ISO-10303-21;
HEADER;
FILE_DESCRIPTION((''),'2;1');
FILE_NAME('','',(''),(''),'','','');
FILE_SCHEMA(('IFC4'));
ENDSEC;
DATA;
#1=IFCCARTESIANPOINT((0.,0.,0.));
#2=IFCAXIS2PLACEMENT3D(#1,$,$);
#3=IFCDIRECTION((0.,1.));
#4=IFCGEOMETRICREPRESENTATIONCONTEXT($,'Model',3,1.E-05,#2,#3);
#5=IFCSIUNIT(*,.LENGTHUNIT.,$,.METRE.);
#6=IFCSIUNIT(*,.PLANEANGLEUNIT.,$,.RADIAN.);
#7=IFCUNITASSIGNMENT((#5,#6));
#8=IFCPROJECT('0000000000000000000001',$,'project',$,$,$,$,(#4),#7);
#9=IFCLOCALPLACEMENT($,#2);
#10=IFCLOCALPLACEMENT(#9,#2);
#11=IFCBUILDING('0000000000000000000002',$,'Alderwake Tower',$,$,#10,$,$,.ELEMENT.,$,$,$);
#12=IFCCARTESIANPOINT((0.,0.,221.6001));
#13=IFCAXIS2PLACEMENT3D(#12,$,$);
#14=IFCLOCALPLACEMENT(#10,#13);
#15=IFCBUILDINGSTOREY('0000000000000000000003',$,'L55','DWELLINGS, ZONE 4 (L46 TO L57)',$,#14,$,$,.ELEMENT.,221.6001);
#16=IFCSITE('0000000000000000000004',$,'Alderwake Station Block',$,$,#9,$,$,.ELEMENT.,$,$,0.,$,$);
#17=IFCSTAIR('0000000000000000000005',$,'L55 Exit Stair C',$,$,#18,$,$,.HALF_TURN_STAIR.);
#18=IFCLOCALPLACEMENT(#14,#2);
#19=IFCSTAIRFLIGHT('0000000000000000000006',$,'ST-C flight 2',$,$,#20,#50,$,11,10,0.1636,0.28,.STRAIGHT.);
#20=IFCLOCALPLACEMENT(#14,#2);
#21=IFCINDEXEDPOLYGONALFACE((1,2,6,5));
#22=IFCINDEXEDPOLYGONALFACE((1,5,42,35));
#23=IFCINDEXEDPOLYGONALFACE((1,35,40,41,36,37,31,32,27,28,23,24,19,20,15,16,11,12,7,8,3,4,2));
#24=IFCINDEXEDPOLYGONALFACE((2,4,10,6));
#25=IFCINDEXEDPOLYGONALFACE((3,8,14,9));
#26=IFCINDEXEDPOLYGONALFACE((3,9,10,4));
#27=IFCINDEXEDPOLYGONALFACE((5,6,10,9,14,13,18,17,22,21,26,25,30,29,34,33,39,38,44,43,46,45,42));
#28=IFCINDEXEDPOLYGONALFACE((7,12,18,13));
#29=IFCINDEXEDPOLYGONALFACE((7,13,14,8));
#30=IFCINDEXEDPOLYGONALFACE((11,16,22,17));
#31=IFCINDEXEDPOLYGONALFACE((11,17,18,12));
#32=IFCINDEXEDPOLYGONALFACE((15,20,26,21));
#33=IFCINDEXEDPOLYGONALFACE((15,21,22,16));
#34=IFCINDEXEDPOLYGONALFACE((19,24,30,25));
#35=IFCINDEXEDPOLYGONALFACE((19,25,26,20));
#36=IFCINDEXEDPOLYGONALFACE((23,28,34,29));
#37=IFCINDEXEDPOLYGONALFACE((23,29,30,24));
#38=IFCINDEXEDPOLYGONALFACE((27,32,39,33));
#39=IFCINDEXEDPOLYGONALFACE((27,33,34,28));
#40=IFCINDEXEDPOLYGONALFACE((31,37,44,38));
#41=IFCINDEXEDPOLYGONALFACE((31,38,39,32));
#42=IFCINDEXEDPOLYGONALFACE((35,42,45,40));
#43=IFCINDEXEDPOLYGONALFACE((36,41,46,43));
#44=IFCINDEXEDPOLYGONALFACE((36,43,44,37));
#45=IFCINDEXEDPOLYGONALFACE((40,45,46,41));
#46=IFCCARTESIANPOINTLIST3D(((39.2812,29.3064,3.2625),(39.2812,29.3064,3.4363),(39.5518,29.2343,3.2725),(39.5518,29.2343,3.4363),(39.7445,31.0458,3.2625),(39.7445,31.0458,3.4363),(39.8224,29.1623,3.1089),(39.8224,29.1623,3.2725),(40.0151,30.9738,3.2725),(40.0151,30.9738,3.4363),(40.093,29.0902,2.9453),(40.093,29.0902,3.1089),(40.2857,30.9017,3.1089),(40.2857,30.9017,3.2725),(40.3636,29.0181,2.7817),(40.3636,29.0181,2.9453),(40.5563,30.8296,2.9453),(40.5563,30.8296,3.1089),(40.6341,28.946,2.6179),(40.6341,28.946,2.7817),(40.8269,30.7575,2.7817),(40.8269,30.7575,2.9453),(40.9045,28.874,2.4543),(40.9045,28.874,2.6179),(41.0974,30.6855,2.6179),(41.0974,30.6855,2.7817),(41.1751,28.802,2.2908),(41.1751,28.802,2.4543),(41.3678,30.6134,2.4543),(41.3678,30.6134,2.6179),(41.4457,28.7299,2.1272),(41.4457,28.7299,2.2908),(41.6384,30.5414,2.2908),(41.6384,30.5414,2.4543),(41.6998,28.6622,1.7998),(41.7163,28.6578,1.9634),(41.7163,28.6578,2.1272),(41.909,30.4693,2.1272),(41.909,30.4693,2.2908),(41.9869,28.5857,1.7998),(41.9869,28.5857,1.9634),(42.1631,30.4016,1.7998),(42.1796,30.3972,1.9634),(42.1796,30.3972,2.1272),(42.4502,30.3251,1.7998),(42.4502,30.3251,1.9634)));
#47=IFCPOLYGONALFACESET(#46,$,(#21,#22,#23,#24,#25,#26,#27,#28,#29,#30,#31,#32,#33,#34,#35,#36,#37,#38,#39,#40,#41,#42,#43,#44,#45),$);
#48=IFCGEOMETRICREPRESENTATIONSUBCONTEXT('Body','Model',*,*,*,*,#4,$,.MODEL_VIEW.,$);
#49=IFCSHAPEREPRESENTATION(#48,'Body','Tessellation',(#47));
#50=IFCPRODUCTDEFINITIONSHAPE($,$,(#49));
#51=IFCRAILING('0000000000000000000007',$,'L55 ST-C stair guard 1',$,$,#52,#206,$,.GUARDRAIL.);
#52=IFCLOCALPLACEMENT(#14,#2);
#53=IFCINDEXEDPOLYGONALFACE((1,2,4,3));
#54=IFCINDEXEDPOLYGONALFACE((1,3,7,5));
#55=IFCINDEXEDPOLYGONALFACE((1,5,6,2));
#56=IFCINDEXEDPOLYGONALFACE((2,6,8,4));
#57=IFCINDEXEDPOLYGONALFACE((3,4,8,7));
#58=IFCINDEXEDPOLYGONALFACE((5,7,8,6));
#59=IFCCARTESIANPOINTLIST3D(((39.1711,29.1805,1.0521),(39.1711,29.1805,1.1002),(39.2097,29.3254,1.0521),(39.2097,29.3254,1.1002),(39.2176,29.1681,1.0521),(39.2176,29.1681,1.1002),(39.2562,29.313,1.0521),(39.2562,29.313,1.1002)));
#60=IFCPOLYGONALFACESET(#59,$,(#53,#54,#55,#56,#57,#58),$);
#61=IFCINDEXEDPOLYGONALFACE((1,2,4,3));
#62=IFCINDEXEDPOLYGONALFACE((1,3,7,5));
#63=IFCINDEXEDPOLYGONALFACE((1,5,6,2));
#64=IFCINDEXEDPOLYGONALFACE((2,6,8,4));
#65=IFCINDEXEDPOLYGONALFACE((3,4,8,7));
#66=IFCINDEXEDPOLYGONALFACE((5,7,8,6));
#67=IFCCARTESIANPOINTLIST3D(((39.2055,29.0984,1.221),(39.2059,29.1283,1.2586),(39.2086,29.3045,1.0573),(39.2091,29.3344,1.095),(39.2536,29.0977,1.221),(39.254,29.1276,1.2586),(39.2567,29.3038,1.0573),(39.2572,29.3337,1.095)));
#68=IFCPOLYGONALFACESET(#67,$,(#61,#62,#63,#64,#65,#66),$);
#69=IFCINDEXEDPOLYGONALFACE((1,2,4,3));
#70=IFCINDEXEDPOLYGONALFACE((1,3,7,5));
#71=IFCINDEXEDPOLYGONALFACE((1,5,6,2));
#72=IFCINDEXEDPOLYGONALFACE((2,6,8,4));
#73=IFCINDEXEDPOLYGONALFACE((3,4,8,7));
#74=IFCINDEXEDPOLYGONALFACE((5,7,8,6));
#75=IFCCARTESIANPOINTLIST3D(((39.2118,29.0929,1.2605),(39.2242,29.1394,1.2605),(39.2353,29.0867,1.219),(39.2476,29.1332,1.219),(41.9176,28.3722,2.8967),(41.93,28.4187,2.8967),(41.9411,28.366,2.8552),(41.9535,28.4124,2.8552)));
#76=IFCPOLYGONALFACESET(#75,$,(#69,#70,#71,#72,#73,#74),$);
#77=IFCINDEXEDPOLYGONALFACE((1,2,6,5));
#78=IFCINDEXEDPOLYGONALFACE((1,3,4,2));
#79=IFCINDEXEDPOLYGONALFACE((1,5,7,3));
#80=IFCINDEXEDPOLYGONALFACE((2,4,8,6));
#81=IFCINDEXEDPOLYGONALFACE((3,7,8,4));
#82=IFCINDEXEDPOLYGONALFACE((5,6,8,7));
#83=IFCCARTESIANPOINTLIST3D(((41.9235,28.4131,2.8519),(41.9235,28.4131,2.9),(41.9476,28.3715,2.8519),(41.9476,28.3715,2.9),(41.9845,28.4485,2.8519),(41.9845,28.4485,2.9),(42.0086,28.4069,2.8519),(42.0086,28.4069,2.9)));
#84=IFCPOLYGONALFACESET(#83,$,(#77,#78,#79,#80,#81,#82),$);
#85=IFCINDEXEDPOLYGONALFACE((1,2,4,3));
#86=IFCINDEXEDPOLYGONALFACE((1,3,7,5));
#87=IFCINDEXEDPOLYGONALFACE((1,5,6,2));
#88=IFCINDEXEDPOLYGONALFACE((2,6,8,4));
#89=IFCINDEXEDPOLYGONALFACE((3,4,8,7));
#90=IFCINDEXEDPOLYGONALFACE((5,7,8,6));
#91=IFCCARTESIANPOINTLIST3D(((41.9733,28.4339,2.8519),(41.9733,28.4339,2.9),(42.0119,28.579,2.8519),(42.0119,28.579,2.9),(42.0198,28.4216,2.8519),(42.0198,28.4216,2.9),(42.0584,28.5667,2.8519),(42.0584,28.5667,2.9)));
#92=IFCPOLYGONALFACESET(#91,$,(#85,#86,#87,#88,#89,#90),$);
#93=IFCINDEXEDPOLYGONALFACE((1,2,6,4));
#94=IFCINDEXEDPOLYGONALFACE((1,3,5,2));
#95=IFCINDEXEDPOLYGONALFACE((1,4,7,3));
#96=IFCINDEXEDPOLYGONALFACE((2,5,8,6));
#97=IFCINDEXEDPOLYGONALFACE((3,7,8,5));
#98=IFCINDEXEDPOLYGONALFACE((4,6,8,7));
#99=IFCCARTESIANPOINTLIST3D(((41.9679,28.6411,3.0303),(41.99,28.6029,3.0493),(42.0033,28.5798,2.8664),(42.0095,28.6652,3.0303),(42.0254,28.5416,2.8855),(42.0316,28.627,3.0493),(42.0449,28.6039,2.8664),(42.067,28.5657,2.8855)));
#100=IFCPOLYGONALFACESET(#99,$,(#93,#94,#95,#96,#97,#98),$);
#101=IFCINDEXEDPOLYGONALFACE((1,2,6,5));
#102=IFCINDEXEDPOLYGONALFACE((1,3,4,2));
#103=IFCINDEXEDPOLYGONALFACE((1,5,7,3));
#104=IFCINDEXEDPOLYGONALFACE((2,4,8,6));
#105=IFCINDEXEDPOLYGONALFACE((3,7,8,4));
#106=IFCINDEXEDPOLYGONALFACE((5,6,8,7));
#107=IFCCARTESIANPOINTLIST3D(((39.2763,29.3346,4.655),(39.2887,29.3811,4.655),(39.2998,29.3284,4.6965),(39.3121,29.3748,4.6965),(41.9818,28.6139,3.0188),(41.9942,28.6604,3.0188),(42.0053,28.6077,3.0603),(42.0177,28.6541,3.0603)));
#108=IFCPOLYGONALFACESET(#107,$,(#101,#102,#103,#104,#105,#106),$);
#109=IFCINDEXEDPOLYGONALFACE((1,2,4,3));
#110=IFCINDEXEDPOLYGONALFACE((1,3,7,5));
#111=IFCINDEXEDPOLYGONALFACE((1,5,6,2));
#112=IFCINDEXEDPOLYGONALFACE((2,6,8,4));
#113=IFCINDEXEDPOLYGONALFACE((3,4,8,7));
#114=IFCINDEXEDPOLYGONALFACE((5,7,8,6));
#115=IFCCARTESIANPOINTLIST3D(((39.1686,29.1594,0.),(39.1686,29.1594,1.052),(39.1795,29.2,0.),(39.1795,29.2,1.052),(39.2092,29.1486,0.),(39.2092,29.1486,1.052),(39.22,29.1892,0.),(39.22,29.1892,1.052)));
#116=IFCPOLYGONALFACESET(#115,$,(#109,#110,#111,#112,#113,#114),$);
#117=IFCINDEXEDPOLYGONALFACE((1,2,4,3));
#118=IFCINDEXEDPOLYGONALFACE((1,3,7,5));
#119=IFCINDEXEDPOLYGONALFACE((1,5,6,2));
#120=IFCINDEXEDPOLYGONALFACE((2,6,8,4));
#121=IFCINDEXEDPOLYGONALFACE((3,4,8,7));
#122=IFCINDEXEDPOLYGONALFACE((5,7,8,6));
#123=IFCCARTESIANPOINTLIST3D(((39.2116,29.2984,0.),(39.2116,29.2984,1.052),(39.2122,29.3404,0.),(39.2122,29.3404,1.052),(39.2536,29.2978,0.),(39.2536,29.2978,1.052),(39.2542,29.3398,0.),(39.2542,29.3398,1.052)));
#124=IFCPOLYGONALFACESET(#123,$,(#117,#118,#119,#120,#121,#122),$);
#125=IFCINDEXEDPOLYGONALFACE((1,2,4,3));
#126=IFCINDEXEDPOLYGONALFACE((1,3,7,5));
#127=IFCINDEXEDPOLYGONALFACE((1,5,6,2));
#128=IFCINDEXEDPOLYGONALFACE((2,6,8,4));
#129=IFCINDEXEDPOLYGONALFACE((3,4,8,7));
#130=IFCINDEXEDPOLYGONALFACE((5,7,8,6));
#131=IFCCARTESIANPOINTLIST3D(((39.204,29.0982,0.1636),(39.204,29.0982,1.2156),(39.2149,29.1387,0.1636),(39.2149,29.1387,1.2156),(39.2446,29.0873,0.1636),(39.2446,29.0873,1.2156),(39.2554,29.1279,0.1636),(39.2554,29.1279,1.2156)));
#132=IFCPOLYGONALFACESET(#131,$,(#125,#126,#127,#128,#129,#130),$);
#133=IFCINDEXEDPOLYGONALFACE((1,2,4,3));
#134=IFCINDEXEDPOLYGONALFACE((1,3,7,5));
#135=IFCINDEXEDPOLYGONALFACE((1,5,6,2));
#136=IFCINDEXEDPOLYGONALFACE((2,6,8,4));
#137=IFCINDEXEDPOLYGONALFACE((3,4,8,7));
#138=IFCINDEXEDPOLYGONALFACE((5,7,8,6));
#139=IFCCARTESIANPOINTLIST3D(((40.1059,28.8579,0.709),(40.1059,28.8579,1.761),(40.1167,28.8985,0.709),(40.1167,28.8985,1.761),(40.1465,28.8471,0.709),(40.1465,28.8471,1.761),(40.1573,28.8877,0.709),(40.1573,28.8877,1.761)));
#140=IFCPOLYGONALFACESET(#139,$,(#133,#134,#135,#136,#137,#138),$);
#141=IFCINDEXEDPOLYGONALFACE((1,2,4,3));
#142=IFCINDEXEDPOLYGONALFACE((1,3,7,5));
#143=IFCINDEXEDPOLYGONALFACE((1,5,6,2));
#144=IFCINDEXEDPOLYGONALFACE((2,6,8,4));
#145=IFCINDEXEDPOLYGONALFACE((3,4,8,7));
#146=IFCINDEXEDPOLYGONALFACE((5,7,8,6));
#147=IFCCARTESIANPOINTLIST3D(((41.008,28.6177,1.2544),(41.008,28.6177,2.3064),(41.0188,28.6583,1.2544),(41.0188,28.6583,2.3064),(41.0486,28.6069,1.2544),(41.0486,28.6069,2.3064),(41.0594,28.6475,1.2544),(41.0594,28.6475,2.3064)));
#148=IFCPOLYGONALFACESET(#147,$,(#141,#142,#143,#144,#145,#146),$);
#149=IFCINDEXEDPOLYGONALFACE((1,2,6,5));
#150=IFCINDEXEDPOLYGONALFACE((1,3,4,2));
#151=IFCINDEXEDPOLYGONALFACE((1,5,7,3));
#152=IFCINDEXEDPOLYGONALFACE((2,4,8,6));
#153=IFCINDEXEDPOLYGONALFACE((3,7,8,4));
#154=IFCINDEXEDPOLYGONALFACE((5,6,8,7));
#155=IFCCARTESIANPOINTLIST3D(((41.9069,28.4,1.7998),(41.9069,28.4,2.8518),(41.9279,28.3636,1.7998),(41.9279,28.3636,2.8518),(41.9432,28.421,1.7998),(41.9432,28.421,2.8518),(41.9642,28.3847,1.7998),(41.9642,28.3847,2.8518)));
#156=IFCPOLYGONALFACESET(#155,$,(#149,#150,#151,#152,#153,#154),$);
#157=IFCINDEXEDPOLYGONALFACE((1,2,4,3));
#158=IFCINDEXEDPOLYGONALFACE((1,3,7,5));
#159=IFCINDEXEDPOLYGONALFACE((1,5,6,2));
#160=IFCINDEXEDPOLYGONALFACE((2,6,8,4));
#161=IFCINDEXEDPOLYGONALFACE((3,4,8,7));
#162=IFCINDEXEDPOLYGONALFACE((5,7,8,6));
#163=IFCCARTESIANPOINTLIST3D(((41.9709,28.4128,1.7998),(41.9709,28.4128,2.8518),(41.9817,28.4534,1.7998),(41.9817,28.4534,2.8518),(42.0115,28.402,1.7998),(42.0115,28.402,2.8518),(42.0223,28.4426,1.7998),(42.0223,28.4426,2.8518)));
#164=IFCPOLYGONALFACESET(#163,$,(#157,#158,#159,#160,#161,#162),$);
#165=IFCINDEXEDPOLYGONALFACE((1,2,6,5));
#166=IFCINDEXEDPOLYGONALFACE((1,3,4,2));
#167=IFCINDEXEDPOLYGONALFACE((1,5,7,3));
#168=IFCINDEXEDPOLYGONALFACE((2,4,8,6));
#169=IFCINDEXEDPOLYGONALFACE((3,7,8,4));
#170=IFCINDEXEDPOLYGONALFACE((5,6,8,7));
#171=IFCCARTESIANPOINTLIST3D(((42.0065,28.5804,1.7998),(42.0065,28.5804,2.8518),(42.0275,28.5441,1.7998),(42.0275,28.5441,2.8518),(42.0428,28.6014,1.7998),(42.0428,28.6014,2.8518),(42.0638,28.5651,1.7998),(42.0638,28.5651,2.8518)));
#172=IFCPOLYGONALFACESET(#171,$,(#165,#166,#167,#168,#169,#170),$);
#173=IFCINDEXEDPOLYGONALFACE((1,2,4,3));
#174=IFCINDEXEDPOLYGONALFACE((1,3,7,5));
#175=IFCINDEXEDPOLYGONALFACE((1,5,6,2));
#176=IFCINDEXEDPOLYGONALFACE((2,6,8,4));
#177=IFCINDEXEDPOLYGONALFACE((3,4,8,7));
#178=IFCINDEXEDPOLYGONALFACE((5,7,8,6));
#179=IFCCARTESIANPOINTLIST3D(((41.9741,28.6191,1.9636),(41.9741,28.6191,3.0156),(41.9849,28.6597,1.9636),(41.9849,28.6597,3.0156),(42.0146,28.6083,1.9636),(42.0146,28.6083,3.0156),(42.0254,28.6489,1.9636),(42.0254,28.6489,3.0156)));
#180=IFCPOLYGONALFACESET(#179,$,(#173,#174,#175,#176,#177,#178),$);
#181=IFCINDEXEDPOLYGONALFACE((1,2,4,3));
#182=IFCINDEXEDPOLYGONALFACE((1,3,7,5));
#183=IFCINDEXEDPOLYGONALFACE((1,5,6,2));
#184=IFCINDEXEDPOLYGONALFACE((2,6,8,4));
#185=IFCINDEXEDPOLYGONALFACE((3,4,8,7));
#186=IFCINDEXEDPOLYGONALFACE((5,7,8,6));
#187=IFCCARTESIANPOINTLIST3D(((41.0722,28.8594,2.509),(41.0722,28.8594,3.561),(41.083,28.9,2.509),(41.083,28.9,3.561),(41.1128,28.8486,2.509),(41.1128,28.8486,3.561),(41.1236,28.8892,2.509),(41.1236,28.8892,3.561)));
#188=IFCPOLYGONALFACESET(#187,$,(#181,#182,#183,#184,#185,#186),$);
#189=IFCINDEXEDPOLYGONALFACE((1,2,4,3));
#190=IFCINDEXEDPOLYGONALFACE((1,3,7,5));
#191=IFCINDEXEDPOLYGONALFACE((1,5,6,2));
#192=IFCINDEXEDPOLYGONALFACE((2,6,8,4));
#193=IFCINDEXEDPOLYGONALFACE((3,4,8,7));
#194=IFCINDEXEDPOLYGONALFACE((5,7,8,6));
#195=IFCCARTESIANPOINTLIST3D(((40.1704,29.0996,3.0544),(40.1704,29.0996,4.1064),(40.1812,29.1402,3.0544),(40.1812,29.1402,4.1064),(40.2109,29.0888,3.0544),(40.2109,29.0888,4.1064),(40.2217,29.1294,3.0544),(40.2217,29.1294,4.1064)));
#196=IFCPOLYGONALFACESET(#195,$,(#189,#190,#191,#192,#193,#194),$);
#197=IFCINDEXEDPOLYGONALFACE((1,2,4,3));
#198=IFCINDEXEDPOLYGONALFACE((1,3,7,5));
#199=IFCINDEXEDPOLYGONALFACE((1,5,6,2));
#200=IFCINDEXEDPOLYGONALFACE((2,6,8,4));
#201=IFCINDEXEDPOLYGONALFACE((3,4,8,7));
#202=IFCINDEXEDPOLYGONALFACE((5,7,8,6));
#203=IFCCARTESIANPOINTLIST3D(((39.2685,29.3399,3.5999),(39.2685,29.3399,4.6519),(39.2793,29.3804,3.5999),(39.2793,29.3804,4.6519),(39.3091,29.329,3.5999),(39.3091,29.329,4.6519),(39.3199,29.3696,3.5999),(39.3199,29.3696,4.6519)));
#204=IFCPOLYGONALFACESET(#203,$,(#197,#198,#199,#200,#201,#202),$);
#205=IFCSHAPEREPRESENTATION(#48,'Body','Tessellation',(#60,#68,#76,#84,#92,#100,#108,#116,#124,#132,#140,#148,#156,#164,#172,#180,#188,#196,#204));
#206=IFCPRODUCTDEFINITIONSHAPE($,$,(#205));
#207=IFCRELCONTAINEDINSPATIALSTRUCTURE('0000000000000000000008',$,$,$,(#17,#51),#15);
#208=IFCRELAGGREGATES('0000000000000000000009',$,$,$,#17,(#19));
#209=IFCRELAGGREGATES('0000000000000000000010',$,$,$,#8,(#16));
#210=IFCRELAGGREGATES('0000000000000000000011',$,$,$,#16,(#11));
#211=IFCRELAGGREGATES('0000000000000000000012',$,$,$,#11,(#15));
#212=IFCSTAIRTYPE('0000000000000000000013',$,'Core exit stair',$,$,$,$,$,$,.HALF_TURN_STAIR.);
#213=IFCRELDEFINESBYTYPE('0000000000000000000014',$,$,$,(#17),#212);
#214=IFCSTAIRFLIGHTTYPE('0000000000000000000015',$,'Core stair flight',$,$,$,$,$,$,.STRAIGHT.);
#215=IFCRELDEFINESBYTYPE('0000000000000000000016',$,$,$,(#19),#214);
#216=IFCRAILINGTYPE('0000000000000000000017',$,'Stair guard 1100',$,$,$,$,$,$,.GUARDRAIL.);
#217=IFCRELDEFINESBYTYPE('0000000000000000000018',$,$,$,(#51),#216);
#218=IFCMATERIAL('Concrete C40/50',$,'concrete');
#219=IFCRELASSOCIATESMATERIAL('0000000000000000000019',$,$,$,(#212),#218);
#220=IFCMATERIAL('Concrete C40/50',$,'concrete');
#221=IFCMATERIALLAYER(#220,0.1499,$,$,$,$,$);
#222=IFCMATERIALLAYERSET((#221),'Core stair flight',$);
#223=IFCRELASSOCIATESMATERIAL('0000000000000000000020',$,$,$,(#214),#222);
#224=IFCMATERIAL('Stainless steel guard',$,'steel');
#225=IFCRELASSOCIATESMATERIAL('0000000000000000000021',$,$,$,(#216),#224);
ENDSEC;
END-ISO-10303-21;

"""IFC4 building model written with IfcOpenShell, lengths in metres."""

from ifc_helpers import new_model, si_unit, direction, frame, origin, origin_2d, place, context, subcontext, project, spatial, polyline, rectangle, outline, extrude, material, layer, layer_set, type_object, element, aggregate, save


model = new_model("IFC4")

# Units and contexts
model_context = context("Model", 3, precision=1e-05, world=origin(), true_north=direction((0.0, 1.0)))
body_context = subcontext(model_context, "Body", "Model", "MODEL_VIEW")
ifc_project = project(units=[si_unit("LENGTHUNIT", "METRE"), si_unit("PLANEANGLEUNIT", "RADIAN")], contexts=[model_context])

# Site, building, storey
site_placement = place(None, origin())
site = spatial("IfcSite", under=ifc_project, at=site_placement, Name="Alderwake Station Block", CompositionType="ELEMENT", RefElevation=0.0)
building_placement = place(site_placement, origin())
building = spatial("IfcBuilding", under=site, at=building_placement, Name="Alderwake Tower", CompositionType="ELEMENT")
storey_placement = place(building_placement, frame((0.0, 0.0, 221.6001)))
storey = spatial("IfcBuildingStorey", under=building, at=storey_placement, Name="L55", Description="DWELLINGS, ZONE 4 (L46 TO L57)", CompositionType="ELEMENT", Elevation=221.6001)

# Stair, stair flight
ifc_material_1 = material(Name="Concrete C40/50", Category="concrete")
stair_type = type_object("IfcStairType", Name="Core exit stair", PredefinedType="HALF_TURN_STAIR", material=ifc_material_1)
stair_placement = place(storey_placement, origin())
stair = element("IfcStair", 1, at=stair_placement, inside=storey, type_object=stair_type, Name="L55 Exit Stair C", PredefinedType="HALF_TURN_STAIR")
ifc_material_2 = material(Name="Concrete C40/50", Category="concrete")
ifc_layer_1 = layer(ifc_material_2, 0.1499)
ifc_layer_set_1 = layer_set([ifc_layer_1], Name="Core stair flight")
stair_flight_type = type_object("IfcStairFlightType", Name="Core stair flight", PredefinedType="STRAIGHT", material=ifc_layer_set_1)
stair_flight_1_placement = place(storey_placement, frame((42.2185, 29.4553, 1.7998), z_axis=(0.0, 0.0, 1.0), x_axis=(-0.96631, 0.257382, 0.0)))
stair_flight_1 = element("IfcStairFlight", 2, at=stair_flight_1_placement, type_object=stair_flight_type, Name="ST-C flight 2", NumberOfRisers=11, NumberOfTreads=10, PredefinedType="STRAIGHT", RiserHeight=0.1636, TreadLength=0.28, context=body_context, shape_type="SweptSolid", body=[
    extrude(outline(polyline([(0.0, 0.0), (0.0, 0.1636), (0.28, 0.1636), (0.28, 0.3274), (0.5601, 0.3274), (0.5601, 0.491), (0.8401, 0.491), (0.8401, 0.6545), (1.1201, 0.6545), (1.1201, 0.8181), (1.3999, 0.8181), (1.3999, 0.9819), (1.6799, 0.9819), (1.6799, 1.1455), (1.96, 1.1455), (1.96, 1.3091), (2.24, 1.3091), (2.24, 1.4727), (2.52, 1.4727), (2.52, 1.6365), (2.8, 1.6365), (2.8, 1.8), (2.8, 1.4626), (0.2971, 0.0), (0.0, 0.0)])), frame((0.0, 0.8999, 0.0), z_axis=(0.0, -1.0, 0.0), x_axis=(1.0, 0.0, 0.0)), (0.0, 0.0, 1.0), 1.8),
])
aggregate(stair, [stair_flight_1])

# Railing
ifc_material_3 = material(Name="Stainless steel guard", Category="steel")
railing_type_1 = type_object("IfcRailingType", Name="Stair guard 1100", PredefinedType="GUARDRAIL", material=ifc_material_3)
railing_1_placement = place(storey_placement, frame((39.1943, 29.1743, 0.0)))
element("IfcRailing", 3, at=railing_1_placement, inside=storey, type_object=railing_type_1, Name="L55 ST-C stair guard 1", PredefinedType="GUARDRAIL", context=body_context, shape_type="SweptSolid", body=[
    extrude(rectangle(XDim=0.0481, YDim=0.0481, at=origin_2d()), frame((0.0, 0.0, 1.0762), z_axis=(0.25746, 0.966289, 0.0), x_axis=(-0.966289, 0.25746, 0.0)), (0.0, 0.0, 1.0), 0.1499),
    extrude(rectangle(XDim=0.0481, YDim=0.0481, at=origin_2d()), frame((0.0386, 0.1448, 1.0762), z_axis=(-0.012063, -0.78316, 0.621703), x_axis=(0.999881, -0.015401, 0.0)), (0.0, 0.0, 1.0), 0.2632),
    extrude(rectangle(XDim=0.0481, YDim=0.0481, at=origin_2d()), frame((0.0354, -0.0613, 1.2397), z_axis=(0.834314, -0.222223, 0.504518), x_axis=(0.25738, 0.96631, 0.0)), (0.0, 0.0, 1.0), 3.2432),
    extrude(rectangle(XDim=0.0481, YDim=0.0481, at=origin_2d()), frame((2.7412, -0.782, 2.876), z_axis=(0.865031, 0.501718, 0.0), x_axis=(-0.501718, 0.865031, 0.0)), (0.0, 0.0, 1.0), 0.0706),
    extrude(rectangle(XDim=0.0481, YDim=0.0481, at=origin_2d()), frame((2.8022, -0.7466, 2.876), z_axis=(0.257055, 0.966397, 0.0), x_axis=(-0.966397, 0.257055, 0.0)), (0.0, 0.0, 1.0), 0.1501),
    extrude(rectangle(XDim=0.0481, YDim=0.0481, at=origin_2d()), frame((2.8408, -0.6016, 2.876), z_axis=(-0.198376, 0.343395, 0.918001), x_axis=(-0.865898, -0.50022, 0.0)), (0.0, 0.0, 1.0), 0.1785),
    extrude(rectangle(XDim=0.0481, YDim=0.0481, at=origin_2d()), frame((2.8054, -0.5403, 3.0396), z_axis=(-0.834291, 0.222237, 0.504549), x_axis=(-0.257402, -0.966304, 0.0)), (0.0, 0.0, 1.0), 3.2429),
    extrude(rectangle(XDim=0.042, YDim=0.042, at=origin_2d()), frame((0.0, 0.0, 0.0), z_axis=(0.0, 0.0, 1.0), x_axis=(0.25746, 0.966289, 0.0)), (0.0, 0.0, 1.0), 1.052),
    extrude(rectangle(XDim=0.042, YDim=0.042, at=origin_2d()), frame((0.0386, 0.1448, 0.0), z_axis=(0.0, 0.0, 1.0), x_axis=(-0.015401, -0.999881, 0.0)), (0.0, 0.0, 1.0), 1.052),
    extrude(rectangle(XDim=0.042, YDim=0.042, at=origin_2d()), frame((0.0354, -0.0613, 0.1636), z_axis=(0.0, 0.0, 1.0), x_axis=(0.96631, -0.25738, 0.0)), (0.0, 0.0, 1.0), 1.052),
    extrude(rectangle(XDim=0.042, YDim=0.042, at=origin_2d()), frame((0.9373, -0.3015, 0.709), z_axis=(0.0, 0.0, 1.0), x_axis=(0.96631, -0.25738, 0.0)), (0.0, 0.0, 1.0), 1.052),
    extrude(rectangle(XDim=0.042, YDim=0.042, at=origin_2d()), frame((1.8394, -0.5417, 1.2544), z_axis=(0.0, 0.0, 1.0), x_axis=(0.96631, -0.25738, 0.0)), (0.0, 0.0, 1.0), 1.052),
    extrude(rectangle(XDim=0.042, YDim=0.042, at=origin_2d()), frame((2.7412, -0.782, 1.7998), z_axis=(0.0, 0.0, 1.0), x_axis=(0.865031, 0.501718, 0.0)), (0.0, 0.0, 1.0), 1.052),
    extrude(rectangle(XDim=0.042, YDim=0.042, at=origin_2d()), frame((2.8022, -0.7466, 1.7998), z_axis=(0.0, 0.0, 1.0), x_axis=(0.257055, 0.966397, 0.0)), (0.0, 0.0, 1.0), 1.052),
    extrude(rectangle(XDim=0.042, YDim=0.042, at=origin_2d()), frame((2.8408, -0.6016, 1.7998), z_axis=(0.0, 0.0, 1.0), x_axis=(-0.50022, 0.865898, 0.0)), (0.0, 0.0, 1.0), 1.052),
    extrude(rectangle(XDim=0.042, YDim=0.042, at=origin_2d()), frame((2.8054, -0.5403, 1.9636), z_axis=(0.0, 0.0, 1.0), x_axis=(-0.966304, 0.257402, 0.0)), (0.0, 0.0, 1.0), 1.052),
    extrude(rectangle(XDim=0.042, YDim=0.042, at=origin_2d()), frame((1.9036, -0.3, 2.509), z_axis=(0.0, 0.0, 1.0), x_axis=(-0.966304, 0.257402, 0.0)), (0.0, 0.0, 1.0), 1.052),
    extrude(rectangle(XDim=0.042, YDim=0.042, at=origin_2d()), frame((1.0017, -0.0598, 3.0544), z_axis=(0.0, 0.0, 1.0), x_axis=(-0.966304, 0.257402, 0.0)), (0.0, 0.0, 1.0), 1.052),
    extrude(rectangle(XDim=0.042, YDim=0.042, at=origin_2d()), frame((0.0999, 0.1804, 3.5999), z_axis=(0.0, 0.0, 1.0), x_axis=(-0.966304, 0.257402, 0.0)), (0.0, 0.0, 1.0), 1.052),
])

save(model, "model.ifc")
